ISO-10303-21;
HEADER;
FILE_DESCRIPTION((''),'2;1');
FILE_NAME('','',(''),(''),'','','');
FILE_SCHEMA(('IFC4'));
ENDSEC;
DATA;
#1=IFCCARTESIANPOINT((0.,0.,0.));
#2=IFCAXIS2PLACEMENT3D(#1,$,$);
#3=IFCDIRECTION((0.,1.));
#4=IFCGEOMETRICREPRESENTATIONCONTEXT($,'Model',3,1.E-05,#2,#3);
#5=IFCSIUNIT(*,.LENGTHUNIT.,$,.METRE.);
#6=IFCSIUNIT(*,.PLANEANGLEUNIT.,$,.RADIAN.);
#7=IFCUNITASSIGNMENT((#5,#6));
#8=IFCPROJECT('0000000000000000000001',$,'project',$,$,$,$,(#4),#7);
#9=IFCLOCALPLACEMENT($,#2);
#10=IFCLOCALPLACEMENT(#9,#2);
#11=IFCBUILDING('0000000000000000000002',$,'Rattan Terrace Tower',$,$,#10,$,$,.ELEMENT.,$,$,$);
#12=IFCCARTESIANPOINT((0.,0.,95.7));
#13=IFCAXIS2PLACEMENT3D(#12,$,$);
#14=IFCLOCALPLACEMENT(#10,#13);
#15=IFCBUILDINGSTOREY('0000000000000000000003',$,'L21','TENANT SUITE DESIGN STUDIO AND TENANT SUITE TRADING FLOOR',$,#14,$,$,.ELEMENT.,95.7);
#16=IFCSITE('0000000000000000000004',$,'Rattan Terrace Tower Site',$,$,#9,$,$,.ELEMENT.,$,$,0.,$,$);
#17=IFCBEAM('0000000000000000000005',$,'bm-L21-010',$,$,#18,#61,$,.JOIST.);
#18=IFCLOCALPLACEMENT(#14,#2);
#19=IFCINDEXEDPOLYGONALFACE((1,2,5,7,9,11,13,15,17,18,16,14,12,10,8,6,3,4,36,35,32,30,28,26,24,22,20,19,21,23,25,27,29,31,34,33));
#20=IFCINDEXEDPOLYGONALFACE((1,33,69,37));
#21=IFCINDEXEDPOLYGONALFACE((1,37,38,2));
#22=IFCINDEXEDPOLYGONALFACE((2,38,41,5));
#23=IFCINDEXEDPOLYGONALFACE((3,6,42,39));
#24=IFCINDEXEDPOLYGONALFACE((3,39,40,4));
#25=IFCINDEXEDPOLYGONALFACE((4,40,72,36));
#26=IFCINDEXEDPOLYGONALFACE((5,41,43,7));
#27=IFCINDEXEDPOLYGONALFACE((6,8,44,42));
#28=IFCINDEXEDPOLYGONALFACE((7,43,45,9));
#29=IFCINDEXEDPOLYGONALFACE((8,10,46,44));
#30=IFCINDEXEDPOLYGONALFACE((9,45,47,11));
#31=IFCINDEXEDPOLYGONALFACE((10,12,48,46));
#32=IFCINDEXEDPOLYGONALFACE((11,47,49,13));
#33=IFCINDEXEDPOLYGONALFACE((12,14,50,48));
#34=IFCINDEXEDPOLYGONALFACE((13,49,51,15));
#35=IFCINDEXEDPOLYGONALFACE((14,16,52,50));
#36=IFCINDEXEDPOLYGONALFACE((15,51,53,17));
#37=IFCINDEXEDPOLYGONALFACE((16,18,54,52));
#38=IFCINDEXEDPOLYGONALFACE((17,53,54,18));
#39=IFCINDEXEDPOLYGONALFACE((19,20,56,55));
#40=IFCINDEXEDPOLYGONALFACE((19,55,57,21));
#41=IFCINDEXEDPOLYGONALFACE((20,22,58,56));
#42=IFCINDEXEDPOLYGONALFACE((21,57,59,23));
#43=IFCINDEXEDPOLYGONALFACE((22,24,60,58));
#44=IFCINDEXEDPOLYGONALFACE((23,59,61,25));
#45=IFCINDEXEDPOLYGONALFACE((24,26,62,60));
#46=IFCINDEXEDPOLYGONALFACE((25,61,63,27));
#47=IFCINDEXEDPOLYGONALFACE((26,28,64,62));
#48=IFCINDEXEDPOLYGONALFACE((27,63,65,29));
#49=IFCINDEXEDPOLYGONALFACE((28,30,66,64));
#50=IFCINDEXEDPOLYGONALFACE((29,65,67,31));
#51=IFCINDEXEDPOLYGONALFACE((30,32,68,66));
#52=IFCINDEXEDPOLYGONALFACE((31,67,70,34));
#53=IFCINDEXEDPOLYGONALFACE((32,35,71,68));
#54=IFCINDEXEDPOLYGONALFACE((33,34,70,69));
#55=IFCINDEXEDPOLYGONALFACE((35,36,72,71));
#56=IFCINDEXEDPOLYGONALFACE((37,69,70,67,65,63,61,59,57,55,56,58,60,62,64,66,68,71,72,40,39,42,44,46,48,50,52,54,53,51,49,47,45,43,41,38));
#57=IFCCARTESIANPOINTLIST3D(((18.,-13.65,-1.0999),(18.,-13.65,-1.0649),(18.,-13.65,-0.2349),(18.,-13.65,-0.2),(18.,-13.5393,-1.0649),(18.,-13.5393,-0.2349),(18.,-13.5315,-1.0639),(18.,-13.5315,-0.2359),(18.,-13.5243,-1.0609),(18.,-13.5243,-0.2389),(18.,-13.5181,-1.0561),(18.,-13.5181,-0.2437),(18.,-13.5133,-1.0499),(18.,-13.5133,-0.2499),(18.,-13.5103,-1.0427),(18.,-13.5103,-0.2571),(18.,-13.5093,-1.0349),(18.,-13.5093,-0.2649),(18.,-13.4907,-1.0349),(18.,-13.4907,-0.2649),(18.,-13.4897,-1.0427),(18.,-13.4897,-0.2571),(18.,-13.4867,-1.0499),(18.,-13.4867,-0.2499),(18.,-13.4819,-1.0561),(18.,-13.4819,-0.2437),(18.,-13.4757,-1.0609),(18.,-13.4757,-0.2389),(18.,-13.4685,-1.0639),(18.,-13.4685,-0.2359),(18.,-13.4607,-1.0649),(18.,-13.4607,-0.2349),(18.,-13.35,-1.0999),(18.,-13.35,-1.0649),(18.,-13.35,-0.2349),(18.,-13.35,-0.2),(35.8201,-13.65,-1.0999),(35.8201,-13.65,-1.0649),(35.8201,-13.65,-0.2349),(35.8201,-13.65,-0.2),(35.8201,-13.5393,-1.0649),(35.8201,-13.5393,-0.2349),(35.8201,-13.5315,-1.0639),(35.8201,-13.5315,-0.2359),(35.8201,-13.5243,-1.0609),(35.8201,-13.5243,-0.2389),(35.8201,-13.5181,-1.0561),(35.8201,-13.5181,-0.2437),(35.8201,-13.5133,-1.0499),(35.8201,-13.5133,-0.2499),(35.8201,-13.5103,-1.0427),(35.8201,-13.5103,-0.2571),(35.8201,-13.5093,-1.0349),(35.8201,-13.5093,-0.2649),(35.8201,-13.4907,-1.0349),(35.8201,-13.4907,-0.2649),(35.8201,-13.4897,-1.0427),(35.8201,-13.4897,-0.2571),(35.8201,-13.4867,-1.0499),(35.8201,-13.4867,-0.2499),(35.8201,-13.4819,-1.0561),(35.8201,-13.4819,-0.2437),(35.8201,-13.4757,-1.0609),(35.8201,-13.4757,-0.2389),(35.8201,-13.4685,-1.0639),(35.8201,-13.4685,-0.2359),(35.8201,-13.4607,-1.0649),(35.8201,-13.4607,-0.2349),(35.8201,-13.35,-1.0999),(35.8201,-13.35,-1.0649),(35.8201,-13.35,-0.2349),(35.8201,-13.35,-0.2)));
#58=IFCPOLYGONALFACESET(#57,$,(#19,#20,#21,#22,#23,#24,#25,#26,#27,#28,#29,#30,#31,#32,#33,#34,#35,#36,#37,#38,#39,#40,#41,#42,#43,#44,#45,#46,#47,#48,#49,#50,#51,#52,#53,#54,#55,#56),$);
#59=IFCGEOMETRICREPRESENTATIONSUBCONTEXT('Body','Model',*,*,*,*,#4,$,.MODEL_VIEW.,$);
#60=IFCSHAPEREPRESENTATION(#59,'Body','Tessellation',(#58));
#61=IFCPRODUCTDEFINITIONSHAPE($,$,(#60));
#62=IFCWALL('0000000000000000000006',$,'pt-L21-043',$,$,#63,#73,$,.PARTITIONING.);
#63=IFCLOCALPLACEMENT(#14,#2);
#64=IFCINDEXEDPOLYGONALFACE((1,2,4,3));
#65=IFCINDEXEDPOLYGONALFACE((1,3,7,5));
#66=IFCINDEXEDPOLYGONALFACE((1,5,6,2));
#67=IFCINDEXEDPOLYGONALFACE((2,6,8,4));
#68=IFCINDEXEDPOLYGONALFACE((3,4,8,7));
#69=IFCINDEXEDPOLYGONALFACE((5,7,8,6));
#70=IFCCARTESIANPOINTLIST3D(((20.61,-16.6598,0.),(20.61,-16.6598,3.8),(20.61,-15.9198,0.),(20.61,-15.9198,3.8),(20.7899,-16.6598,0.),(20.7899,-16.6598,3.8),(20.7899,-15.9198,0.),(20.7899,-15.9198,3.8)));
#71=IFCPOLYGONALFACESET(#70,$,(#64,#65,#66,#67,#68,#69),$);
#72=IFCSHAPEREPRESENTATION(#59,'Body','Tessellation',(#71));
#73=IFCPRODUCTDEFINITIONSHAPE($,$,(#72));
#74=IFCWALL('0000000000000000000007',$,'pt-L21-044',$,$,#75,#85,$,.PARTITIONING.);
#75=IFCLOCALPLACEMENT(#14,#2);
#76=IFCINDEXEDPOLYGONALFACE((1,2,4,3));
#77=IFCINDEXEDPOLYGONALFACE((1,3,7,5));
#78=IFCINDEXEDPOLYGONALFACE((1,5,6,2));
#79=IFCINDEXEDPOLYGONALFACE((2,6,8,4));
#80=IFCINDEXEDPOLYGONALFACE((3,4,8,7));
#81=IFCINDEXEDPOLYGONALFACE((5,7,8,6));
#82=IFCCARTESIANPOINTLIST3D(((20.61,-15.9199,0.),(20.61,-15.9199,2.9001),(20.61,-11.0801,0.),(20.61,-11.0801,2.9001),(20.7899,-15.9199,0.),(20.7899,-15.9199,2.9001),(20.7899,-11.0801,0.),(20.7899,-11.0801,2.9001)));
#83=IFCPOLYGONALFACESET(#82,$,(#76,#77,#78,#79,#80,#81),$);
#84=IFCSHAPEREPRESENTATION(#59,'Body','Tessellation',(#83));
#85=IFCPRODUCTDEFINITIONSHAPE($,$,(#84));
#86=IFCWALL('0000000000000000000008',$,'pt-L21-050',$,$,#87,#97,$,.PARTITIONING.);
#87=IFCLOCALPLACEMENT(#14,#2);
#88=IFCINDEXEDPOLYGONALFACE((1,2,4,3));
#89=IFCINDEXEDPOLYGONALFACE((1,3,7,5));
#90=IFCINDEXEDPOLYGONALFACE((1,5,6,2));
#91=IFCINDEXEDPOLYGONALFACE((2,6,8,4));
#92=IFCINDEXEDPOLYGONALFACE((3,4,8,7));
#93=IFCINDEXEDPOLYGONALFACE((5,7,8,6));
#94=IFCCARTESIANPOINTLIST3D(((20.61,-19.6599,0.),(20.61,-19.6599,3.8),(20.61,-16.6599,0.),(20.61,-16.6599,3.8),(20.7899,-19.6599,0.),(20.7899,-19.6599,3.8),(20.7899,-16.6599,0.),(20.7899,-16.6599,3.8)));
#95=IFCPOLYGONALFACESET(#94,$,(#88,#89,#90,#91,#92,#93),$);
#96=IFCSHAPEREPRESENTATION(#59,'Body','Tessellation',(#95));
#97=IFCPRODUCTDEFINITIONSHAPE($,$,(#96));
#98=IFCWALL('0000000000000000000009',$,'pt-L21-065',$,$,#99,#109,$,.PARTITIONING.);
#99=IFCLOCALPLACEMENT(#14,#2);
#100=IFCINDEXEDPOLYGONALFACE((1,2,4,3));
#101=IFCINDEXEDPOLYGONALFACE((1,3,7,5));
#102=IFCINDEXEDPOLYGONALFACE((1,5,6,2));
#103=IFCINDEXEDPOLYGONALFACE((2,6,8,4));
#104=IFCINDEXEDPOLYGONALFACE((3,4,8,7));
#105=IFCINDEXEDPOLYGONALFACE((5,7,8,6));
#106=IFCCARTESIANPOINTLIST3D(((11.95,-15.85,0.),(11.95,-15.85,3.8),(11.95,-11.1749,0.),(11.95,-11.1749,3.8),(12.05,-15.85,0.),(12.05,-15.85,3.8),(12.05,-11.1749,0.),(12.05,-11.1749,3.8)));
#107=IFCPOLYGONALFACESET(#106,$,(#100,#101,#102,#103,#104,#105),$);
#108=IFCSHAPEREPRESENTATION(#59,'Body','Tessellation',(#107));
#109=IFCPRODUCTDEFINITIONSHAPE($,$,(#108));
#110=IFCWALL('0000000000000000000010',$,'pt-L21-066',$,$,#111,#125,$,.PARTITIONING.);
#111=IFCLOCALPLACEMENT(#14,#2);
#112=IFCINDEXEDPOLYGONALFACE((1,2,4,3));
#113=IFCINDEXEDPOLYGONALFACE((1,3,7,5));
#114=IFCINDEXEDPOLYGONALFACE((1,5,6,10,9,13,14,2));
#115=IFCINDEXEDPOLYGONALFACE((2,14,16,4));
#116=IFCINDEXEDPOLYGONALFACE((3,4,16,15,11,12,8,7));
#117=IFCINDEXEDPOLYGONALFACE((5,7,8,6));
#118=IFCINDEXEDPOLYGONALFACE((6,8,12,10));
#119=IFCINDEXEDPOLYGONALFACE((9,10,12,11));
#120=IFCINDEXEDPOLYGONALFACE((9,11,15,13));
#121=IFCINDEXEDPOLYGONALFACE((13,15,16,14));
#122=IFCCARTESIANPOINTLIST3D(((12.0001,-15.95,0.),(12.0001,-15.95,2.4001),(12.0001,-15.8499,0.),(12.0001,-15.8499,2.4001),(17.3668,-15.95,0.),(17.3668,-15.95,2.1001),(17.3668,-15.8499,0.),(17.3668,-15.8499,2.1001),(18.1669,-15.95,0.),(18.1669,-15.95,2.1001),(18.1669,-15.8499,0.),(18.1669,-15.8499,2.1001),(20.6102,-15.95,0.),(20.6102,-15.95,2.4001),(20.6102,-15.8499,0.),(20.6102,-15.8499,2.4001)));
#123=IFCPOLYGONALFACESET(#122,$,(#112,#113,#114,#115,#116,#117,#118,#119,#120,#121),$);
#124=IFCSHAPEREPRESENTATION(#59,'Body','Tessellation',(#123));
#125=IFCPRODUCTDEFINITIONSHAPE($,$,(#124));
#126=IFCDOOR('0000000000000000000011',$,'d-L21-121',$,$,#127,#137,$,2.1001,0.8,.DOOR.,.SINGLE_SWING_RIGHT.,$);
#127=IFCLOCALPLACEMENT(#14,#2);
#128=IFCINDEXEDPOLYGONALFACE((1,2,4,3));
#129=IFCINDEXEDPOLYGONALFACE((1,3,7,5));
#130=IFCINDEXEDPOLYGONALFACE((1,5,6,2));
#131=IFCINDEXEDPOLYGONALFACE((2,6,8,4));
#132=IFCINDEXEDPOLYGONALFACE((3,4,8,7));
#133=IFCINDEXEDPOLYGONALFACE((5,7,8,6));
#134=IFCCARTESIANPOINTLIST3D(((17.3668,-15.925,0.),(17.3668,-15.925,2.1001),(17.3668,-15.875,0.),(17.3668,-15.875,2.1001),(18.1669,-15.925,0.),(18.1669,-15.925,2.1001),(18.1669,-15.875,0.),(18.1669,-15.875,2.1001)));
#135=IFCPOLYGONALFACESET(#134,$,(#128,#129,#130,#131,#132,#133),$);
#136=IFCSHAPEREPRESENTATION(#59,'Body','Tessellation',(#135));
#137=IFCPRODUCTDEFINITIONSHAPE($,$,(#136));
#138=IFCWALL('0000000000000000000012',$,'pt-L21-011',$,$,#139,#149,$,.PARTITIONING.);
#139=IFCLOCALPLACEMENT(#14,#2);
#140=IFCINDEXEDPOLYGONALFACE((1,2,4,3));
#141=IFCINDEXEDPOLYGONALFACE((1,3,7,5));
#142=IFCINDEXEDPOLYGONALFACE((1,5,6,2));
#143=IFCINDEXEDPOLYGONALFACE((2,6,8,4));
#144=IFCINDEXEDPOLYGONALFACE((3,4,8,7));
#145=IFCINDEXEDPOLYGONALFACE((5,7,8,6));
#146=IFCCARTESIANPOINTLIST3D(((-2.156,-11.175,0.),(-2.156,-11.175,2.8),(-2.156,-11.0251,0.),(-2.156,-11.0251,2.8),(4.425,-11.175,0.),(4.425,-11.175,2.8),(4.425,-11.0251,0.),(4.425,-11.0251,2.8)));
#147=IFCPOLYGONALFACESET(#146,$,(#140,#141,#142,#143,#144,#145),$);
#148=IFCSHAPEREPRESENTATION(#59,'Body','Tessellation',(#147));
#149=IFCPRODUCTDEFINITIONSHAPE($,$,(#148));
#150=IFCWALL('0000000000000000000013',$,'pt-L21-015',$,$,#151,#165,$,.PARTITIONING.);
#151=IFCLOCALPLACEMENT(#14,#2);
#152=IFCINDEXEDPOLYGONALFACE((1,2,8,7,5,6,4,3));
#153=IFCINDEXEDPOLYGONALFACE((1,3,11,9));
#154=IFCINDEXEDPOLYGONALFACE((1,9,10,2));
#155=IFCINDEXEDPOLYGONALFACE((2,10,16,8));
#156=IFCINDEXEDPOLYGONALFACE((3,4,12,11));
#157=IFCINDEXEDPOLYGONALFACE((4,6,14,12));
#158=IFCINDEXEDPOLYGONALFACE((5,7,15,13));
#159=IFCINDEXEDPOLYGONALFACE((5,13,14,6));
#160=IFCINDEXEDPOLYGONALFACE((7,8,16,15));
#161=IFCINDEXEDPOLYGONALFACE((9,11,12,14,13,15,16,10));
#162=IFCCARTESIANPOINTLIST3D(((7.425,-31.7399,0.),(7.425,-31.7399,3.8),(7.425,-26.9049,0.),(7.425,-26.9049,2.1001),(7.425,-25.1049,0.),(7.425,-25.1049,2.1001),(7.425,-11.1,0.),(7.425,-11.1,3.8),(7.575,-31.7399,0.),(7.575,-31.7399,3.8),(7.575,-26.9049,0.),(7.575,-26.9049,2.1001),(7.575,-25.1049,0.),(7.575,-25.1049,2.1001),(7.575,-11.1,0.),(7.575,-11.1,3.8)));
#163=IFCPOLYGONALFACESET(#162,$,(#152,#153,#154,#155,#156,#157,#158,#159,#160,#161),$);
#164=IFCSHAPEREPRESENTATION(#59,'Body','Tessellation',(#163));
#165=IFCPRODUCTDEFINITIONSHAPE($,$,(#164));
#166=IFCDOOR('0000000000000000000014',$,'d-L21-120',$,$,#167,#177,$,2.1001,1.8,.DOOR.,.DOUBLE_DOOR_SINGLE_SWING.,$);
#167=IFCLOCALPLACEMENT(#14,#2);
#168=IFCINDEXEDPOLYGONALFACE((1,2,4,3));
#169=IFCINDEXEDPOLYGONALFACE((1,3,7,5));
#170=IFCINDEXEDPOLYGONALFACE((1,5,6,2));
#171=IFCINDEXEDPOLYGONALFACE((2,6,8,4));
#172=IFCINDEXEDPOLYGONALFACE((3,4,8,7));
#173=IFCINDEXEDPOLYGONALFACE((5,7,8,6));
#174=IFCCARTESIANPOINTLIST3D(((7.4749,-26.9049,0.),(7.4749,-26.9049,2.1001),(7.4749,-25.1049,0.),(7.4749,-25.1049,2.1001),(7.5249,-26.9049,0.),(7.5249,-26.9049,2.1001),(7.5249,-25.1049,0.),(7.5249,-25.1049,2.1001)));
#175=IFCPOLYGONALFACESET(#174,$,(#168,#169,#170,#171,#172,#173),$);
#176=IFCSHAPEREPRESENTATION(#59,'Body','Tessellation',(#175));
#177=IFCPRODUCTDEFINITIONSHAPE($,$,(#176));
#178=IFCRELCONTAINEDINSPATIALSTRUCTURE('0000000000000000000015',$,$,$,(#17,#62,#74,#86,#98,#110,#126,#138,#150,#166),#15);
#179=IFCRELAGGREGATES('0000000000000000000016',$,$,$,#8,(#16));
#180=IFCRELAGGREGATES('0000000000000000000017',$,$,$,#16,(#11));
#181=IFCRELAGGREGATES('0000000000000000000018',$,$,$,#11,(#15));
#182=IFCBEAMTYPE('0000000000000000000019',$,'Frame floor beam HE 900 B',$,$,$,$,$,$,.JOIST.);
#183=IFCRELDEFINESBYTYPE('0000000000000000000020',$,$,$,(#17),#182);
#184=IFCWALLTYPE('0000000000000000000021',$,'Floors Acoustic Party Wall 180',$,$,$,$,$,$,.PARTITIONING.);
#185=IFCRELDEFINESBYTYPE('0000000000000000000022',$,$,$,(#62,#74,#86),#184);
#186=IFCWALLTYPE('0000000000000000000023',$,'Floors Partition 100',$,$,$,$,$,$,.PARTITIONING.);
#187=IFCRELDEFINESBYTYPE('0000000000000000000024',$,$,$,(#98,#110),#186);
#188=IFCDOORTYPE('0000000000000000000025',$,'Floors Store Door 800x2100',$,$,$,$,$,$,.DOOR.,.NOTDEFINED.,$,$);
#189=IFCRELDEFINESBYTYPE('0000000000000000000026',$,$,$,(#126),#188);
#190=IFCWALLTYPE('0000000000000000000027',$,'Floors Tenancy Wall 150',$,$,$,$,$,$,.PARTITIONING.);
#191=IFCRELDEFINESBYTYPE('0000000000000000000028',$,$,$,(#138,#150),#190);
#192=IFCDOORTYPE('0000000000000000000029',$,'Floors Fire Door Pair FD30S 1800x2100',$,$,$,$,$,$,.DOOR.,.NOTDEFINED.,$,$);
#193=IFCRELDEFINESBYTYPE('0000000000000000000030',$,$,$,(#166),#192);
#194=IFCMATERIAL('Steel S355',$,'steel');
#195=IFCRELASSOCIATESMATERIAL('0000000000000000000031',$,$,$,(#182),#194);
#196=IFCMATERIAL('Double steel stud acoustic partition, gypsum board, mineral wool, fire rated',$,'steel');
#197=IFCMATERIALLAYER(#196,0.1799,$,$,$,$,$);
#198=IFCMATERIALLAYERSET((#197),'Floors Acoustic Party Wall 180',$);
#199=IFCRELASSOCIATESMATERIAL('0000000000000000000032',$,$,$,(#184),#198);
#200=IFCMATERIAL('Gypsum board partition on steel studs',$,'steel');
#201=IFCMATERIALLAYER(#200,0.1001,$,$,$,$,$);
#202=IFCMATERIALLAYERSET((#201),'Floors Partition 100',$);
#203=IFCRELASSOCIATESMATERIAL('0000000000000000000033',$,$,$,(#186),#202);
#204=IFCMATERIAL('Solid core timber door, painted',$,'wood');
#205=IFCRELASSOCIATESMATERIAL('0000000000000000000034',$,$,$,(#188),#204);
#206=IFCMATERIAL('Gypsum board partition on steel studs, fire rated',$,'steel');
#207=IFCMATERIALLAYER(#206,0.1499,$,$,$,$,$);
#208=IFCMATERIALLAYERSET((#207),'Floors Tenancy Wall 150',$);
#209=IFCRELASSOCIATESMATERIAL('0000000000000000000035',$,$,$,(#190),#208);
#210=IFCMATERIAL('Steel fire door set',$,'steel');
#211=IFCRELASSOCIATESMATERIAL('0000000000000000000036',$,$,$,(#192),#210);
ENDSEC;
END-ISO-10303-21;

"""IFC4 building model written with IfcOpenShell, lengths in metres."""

from ifc_helpers import new_model, si_unit, direction, frame, frame_2d, origin, origin_2d, place, context, subcontext, project, spatial, rectangle, i_section, extrude, material, layer, layer_set, material_profile, profile_set, type_object, element, fill, save


model = new_model("IFC4")

# Units and contexts
model_context = context("Model", 3, precision=1e-05, world=origin(), true_north=direction((0.0, 1.0)))
body_context = subcontext(model_context, "Body", "Model", "MODEL_VIEW")
ifc_project = project(units=[si_unit("LENGTHUNIT", "METRE"), si_unit("PLANEANGLEUNIT", "RADIAN")], contexts=[model_context])

# Site, building, storey
site_placement = place(None, origin())
site = spatial("IfcSite", under=ifc_project, at=site_placement, Name="Rattan Terrace Tower Site", CompositionType="ELEMENT", RefElevation=0.0)
building_placement = place(site_placement, origin())
building = spatial("IfcBuilding", under=site, at=building_placement, Name="Rattan Terrace Tower", CompositionType="ELEMENT")
storey_placement = place(building_placement, frame((0.0, 0.0, 95.7)))
storey = spatial("IfcBuildingStorey", under=building, at=storey_placement, Name="L21", Description="TENANT SUITE DESIGN STUDIO AND TENANT SUITE TRADING FLOOR", CompositionType="ELEMENT", Elevation=95.7)

# Beam
ifc_material_1 = material(Name="Steel S355", Category="steel")
ifc_material_profile = material_profile(ifc_material_1, i_section(OverallWidth=0.3, OverallDepth=0.8999, WebThickness=0.0186, FlangeThickness=0.0349, FilletRadius=0.03, at=origin_2d()), Name="HE 900 B")
ifc_profile_set = profile_set([ifc_material_profile], Name="Steel S355")
beam_type = type_object("IfcBeamType", Name="Frame floor beam HE 900 B", PredefinedType="JOIST", material=ifc_profile_set)
beam_placement = place(storey_placement, frame((18.0, -13.5, -0.6499), z_axis=(1.0, 0.0, 0.0), x_axis=(0.0, 1.0, 0.0)))
element("IfcBeam", 1, at=beam_placement, inside=storey, type_object=beam_type, Name="bm-L21-010", PredefinedType="JOIST", context=body_context, shape_type="SweptSolid", body=[
    extrude(i_section(OverallWidth=0.3, OverallDepth=0.8999, WebThickness=0.0186, FlangeThickness=0.0349, FilletRadius=0.03, at=origin_2d()), origin(), (0.0, 0.0, 1.0), 17.8201),
])

# Walls
ifc_material_2 = material(Name="Double steel stud acoustic partition, gypsum board, mineral wool, fire rated", Category="steel")
ifc_layer_1 = layer(ifc_material_2, 0.1799)
ifc_layer_set_1 = layer_set([ifc_layer_1], Name="Floors Acoustic Party Wall 180")
wall_type_1 = type_object("IfcWallType", Name="Floors Acoustic Party Wall 180", PredefinedType="PARTITIONING", material=ifc_layer_set_1)
wall_1_placement = place(storey_placement, frame((20.7, -16.6599, 0.0), z_axis=(0.0, 0.0, 1.0), x_axis=(0.0, 1.0, 0.0)))
element("IfcWall", 2, at=wall_1_placement, inside=storey, type_object=wall_type_1, Name="pt-L21-043", PredefinedType="PARTITIONING", context=body_context, shape_type="SweptSolid", body=[
    extrude(rectangle(XDim=0.74, YDim=0.1799, at=frame_2d((0.3701, 0.0))), origin(), (0.0, 0.0, 1.0), 3.8),
])
wall_2_placement = place(storey_placement, frame((20.7, -15.9199, 0.0), z_axis=(0.0, 0.0, 1.0), x_axis=(0.0, 1.0, 0.0)))
element("IfcWall", 3, at=wall_2_placement, inside=storey, type_object=wall_type_1, Name="pt-L21-044", PredefinedType="PARTITIONING", context=body_context, shape_type="SweptSolid", body=[
    extrude(rectangle(XDim=4.8398, YDim=0.1799, at=frame_2d((2.4199, 0.0))), origin(), (0.0, 0.0, 1.0), 2.9001),
])
wall_3_placement = place(storey_placement, frame((20.7, -19.6599, 0.0), z_axis=(0.0, 0.0, 1.0), x_axis=(0.0, 1.0, 0.0)))
element("IfcWall", 4, at=wall_3_placement, inside=storey, type_object=wall_type_1, Name="pt-L21-050", PredefinedType="PARTITIONING", context=body_context, shape_type="SweptSolid", body=[
    extrude(rectangle(XDim=3.0, YDim=0.1799, at=frame_2d((1.5, 0.0))), origin(), (0.0, 0.0, 1.0), 3.8),
])
ifc_material_3 = material(Name="Gypsum board partition on steel studs", Category="steel")
ifc_layer_2 = layer(ifc_material_3, 0.1001)
ifc_layer_set_2 = layer_set([ifc_layer_2], Name="Floors Partition 100")
wall_type_2 = type_object("IfcWallType", Name="Floors Partition 100", PredefinedType="PARTITIONING", material=ifc_layer_set_2)
wall_4_placement = place(storey_placement, frame((12.0, -11.175, 0.0), z_axis=(0.0, 0.0, 1.0), x_axis=(0.0, -1.0, 0.0)))
element("IfcWall", 5, at=wall_4_placement, inside=storey, type_object=wall_type_2, Name="pt-L21-065", PredefinedType="PARTITIONING", context=body_context, shape_type="SweptSolid", body=[
    extrude(rectangle(XDim=4.675, YDim=0.1001, at=frame_2d((2.3374, 0.0))), origin(), (0.0, 0.0, 1.0), 3.8),
])

# Wall, opening, door
wall_5_placement = place(storey_placement, frame((12.0, -15.8999, 0.0), z_axis=(0.0, 0.0, 1.0), x_axis=(1.0, 0.0, 0.0)))
wall_5 = element("IfcWall", 6, at=wall_5_placement, inside=storey, type_object=wall_type_2, Name="pt-L21-066", PredefinedType="PARTITIONING", context=body_context, shape_type="SweptSolid", body=[
    extrude(rectangle(XDim=8.6101, YDim=0.1001, at=frame_2d((4.3052, 0.0))), origin(), (0.0, 0.0, 1.0), 2.4001),
])
opening_1_placement = place(wall_5_placement, frame((5.3669, 0.0, 0.0)))
opening_1 = element("IfcOpeningElement", 7, at=opening_1_placement, cuts=wall_5, PredefinedType="OPENING", context=body_context, shape_type="SweptSolid", body=[
    extrude(rectangle(XDim=0.8, YDim=2.1001, at=frame_2d((0.3999, 1.05))), frame((0.0, 0.0605, 0.0), z_axis=(0.0, -1.0, 0.0), x_axis=(1.0, 0.0, 0.0)), (0.0, 0.0, 1.0), 0.1211),
])
ifc_material_4 = material(Name="Solid core timber door, painted", Category="wood")
door_type_1 = type_object("IfcDoorType", Name="Floors Store Door 800x2100", OperationType="NOTDEFINED", PredefinedType="DOOR", material=ifc_material_4)
door_1_placement = place(opening_1_placement, origin())
door_1 = element("IfcDoor", 8, at=door_1_placement, inside=storey, type_object=door_type_1, Name="d-L21-121", OperationType="SINGLE_SWING_RIGHT", OverallHeight=2.1001, OverallWidth=0.8, PredefinedType="DOOR", context=body_context, shape_type="SweptSolid", body=[
    extrude(rectangle(XDim=0.8, YDim=2.1001, at=frame_2d((0.3999, 1.05))), frame((0.0, 0.0249, 0.0), z_axis=(0.0, -1.0, 0.0), x_axis=(1.0, 0.0, 0.0)), (0.0, 0.0, 1.0), 0.05),
])
fill(opening_1, door_1)

# Wall
ifc_material_5 = material(Name="Gypsum board partition on steel studs, fire rated", Category="steel")
ifc_layer_3 = layer(ifc_material_5, 0.1499)
ifc_layer_set_3 = layer_set([ifc_layer_3], Name="Floors Tenancy Wall 150")
wall_type_3 = type_object("IfcWallType", Name="Floors Tenancy Wall 150", PredefinedType="PARTITIONING", material=ifc_layer_set_3)
wall_6_placement = place(storey_placement, frame((4.425, -11.1001, 0.0), z_axis=(0.0, 0.0, 1.0), x_axis=(-1.0, 0.0, 0.0)))
element("IfcWall", 9, at=wall_6_placement, inside=storey, type_object=wall_type_3, Name="pt-L21-011", PredefinedType="PARTITIONING", context=body_context, shape_type="SweptSolid", body=[
    extrude(rectangle(XDim=6.5811, YDim=0.1499, at=frame_2d((3.2905, 0.0))), origin(), (0.0, 0.0, 1.0), 2.8),
])

# Wall, opening, door
wall_7_placement = place(storey_placement, frame((7.5, -11.1001, 0.0), z_axis=(0.0, 0.0, 1.0), x_axis=(0.0, -1.0, 0.0)))
wall_7 = element("IfcWall", 10, at=wall_7_placement, inside=storey, type_object=wall_type_3, Name="pt-L21-015", PredefinedType="PARTITIONING", context=body_context, shape_type="SweptSolid", body=[
    extrude(rectangle(XDim=20.6399, YDim=0.1499, at=frame_2d((10.3198, 0.0))), origin(), (0.0, 0.0, 1.0), 3.8),
])
opening_2_placement = place(wall_7_placement, frame((14.0049, 0.0, 0.0)))
opening_2 = element("IfcOpeningElement", 11, at=opening_2_placement, cuts=wall_7, PredefinedType="OPENING", context=body_context, shape_type="SweptSolid", body=[
    extrude(rectangle(XDim=1.8, YDim=2.1001, at=frame_2d((0.8999, 1.05))), frame((0.0, 0.0854, 0.0), z_axis=(0.0, -1.0, 0.0), x_axis=(1.0, 0.0, 0.0)), (0.0, 0.0, 1.0), 0.1709),
])
ifc_material_6 = material(Name="Steel fire door set", Category="steel")
door_type_2 = type_object("IfcDoorType", Name="Floors Fire Door Pair FD30S 1800x2100", OperationType="NOTDEFINED", PredefinedType="DOOR", material=ifc_material_6)
door_2_placement = place(opening_2_placement, origin())
door_2 = element("IfcDoor", 12, at=door_2_placement, inside=storey, type_object=door_type_2, Name="d-L21-120", OperationType="DOUBLE_DOOR_SINGLE_SWING", OverallHeight=2.1001, OverallWidth=1.8, PredefinedType="DOOR", context=body_context, shape_type="SweptSolid", body=[
    extrude(rectangle(XDim=1.8, YDim=2.1001, at=frame_2d((0.8999, 1.05))), frame((0.0, 0.0249, 0.0), z_axis=(0.0, -1.0, 0.0), x_axis=(1.0, 0.0, 0.0)), (0.0, 0.0, 1.0), 0.05),
])
fill(opening_2, door_2)

save(model, "model.ifc")
